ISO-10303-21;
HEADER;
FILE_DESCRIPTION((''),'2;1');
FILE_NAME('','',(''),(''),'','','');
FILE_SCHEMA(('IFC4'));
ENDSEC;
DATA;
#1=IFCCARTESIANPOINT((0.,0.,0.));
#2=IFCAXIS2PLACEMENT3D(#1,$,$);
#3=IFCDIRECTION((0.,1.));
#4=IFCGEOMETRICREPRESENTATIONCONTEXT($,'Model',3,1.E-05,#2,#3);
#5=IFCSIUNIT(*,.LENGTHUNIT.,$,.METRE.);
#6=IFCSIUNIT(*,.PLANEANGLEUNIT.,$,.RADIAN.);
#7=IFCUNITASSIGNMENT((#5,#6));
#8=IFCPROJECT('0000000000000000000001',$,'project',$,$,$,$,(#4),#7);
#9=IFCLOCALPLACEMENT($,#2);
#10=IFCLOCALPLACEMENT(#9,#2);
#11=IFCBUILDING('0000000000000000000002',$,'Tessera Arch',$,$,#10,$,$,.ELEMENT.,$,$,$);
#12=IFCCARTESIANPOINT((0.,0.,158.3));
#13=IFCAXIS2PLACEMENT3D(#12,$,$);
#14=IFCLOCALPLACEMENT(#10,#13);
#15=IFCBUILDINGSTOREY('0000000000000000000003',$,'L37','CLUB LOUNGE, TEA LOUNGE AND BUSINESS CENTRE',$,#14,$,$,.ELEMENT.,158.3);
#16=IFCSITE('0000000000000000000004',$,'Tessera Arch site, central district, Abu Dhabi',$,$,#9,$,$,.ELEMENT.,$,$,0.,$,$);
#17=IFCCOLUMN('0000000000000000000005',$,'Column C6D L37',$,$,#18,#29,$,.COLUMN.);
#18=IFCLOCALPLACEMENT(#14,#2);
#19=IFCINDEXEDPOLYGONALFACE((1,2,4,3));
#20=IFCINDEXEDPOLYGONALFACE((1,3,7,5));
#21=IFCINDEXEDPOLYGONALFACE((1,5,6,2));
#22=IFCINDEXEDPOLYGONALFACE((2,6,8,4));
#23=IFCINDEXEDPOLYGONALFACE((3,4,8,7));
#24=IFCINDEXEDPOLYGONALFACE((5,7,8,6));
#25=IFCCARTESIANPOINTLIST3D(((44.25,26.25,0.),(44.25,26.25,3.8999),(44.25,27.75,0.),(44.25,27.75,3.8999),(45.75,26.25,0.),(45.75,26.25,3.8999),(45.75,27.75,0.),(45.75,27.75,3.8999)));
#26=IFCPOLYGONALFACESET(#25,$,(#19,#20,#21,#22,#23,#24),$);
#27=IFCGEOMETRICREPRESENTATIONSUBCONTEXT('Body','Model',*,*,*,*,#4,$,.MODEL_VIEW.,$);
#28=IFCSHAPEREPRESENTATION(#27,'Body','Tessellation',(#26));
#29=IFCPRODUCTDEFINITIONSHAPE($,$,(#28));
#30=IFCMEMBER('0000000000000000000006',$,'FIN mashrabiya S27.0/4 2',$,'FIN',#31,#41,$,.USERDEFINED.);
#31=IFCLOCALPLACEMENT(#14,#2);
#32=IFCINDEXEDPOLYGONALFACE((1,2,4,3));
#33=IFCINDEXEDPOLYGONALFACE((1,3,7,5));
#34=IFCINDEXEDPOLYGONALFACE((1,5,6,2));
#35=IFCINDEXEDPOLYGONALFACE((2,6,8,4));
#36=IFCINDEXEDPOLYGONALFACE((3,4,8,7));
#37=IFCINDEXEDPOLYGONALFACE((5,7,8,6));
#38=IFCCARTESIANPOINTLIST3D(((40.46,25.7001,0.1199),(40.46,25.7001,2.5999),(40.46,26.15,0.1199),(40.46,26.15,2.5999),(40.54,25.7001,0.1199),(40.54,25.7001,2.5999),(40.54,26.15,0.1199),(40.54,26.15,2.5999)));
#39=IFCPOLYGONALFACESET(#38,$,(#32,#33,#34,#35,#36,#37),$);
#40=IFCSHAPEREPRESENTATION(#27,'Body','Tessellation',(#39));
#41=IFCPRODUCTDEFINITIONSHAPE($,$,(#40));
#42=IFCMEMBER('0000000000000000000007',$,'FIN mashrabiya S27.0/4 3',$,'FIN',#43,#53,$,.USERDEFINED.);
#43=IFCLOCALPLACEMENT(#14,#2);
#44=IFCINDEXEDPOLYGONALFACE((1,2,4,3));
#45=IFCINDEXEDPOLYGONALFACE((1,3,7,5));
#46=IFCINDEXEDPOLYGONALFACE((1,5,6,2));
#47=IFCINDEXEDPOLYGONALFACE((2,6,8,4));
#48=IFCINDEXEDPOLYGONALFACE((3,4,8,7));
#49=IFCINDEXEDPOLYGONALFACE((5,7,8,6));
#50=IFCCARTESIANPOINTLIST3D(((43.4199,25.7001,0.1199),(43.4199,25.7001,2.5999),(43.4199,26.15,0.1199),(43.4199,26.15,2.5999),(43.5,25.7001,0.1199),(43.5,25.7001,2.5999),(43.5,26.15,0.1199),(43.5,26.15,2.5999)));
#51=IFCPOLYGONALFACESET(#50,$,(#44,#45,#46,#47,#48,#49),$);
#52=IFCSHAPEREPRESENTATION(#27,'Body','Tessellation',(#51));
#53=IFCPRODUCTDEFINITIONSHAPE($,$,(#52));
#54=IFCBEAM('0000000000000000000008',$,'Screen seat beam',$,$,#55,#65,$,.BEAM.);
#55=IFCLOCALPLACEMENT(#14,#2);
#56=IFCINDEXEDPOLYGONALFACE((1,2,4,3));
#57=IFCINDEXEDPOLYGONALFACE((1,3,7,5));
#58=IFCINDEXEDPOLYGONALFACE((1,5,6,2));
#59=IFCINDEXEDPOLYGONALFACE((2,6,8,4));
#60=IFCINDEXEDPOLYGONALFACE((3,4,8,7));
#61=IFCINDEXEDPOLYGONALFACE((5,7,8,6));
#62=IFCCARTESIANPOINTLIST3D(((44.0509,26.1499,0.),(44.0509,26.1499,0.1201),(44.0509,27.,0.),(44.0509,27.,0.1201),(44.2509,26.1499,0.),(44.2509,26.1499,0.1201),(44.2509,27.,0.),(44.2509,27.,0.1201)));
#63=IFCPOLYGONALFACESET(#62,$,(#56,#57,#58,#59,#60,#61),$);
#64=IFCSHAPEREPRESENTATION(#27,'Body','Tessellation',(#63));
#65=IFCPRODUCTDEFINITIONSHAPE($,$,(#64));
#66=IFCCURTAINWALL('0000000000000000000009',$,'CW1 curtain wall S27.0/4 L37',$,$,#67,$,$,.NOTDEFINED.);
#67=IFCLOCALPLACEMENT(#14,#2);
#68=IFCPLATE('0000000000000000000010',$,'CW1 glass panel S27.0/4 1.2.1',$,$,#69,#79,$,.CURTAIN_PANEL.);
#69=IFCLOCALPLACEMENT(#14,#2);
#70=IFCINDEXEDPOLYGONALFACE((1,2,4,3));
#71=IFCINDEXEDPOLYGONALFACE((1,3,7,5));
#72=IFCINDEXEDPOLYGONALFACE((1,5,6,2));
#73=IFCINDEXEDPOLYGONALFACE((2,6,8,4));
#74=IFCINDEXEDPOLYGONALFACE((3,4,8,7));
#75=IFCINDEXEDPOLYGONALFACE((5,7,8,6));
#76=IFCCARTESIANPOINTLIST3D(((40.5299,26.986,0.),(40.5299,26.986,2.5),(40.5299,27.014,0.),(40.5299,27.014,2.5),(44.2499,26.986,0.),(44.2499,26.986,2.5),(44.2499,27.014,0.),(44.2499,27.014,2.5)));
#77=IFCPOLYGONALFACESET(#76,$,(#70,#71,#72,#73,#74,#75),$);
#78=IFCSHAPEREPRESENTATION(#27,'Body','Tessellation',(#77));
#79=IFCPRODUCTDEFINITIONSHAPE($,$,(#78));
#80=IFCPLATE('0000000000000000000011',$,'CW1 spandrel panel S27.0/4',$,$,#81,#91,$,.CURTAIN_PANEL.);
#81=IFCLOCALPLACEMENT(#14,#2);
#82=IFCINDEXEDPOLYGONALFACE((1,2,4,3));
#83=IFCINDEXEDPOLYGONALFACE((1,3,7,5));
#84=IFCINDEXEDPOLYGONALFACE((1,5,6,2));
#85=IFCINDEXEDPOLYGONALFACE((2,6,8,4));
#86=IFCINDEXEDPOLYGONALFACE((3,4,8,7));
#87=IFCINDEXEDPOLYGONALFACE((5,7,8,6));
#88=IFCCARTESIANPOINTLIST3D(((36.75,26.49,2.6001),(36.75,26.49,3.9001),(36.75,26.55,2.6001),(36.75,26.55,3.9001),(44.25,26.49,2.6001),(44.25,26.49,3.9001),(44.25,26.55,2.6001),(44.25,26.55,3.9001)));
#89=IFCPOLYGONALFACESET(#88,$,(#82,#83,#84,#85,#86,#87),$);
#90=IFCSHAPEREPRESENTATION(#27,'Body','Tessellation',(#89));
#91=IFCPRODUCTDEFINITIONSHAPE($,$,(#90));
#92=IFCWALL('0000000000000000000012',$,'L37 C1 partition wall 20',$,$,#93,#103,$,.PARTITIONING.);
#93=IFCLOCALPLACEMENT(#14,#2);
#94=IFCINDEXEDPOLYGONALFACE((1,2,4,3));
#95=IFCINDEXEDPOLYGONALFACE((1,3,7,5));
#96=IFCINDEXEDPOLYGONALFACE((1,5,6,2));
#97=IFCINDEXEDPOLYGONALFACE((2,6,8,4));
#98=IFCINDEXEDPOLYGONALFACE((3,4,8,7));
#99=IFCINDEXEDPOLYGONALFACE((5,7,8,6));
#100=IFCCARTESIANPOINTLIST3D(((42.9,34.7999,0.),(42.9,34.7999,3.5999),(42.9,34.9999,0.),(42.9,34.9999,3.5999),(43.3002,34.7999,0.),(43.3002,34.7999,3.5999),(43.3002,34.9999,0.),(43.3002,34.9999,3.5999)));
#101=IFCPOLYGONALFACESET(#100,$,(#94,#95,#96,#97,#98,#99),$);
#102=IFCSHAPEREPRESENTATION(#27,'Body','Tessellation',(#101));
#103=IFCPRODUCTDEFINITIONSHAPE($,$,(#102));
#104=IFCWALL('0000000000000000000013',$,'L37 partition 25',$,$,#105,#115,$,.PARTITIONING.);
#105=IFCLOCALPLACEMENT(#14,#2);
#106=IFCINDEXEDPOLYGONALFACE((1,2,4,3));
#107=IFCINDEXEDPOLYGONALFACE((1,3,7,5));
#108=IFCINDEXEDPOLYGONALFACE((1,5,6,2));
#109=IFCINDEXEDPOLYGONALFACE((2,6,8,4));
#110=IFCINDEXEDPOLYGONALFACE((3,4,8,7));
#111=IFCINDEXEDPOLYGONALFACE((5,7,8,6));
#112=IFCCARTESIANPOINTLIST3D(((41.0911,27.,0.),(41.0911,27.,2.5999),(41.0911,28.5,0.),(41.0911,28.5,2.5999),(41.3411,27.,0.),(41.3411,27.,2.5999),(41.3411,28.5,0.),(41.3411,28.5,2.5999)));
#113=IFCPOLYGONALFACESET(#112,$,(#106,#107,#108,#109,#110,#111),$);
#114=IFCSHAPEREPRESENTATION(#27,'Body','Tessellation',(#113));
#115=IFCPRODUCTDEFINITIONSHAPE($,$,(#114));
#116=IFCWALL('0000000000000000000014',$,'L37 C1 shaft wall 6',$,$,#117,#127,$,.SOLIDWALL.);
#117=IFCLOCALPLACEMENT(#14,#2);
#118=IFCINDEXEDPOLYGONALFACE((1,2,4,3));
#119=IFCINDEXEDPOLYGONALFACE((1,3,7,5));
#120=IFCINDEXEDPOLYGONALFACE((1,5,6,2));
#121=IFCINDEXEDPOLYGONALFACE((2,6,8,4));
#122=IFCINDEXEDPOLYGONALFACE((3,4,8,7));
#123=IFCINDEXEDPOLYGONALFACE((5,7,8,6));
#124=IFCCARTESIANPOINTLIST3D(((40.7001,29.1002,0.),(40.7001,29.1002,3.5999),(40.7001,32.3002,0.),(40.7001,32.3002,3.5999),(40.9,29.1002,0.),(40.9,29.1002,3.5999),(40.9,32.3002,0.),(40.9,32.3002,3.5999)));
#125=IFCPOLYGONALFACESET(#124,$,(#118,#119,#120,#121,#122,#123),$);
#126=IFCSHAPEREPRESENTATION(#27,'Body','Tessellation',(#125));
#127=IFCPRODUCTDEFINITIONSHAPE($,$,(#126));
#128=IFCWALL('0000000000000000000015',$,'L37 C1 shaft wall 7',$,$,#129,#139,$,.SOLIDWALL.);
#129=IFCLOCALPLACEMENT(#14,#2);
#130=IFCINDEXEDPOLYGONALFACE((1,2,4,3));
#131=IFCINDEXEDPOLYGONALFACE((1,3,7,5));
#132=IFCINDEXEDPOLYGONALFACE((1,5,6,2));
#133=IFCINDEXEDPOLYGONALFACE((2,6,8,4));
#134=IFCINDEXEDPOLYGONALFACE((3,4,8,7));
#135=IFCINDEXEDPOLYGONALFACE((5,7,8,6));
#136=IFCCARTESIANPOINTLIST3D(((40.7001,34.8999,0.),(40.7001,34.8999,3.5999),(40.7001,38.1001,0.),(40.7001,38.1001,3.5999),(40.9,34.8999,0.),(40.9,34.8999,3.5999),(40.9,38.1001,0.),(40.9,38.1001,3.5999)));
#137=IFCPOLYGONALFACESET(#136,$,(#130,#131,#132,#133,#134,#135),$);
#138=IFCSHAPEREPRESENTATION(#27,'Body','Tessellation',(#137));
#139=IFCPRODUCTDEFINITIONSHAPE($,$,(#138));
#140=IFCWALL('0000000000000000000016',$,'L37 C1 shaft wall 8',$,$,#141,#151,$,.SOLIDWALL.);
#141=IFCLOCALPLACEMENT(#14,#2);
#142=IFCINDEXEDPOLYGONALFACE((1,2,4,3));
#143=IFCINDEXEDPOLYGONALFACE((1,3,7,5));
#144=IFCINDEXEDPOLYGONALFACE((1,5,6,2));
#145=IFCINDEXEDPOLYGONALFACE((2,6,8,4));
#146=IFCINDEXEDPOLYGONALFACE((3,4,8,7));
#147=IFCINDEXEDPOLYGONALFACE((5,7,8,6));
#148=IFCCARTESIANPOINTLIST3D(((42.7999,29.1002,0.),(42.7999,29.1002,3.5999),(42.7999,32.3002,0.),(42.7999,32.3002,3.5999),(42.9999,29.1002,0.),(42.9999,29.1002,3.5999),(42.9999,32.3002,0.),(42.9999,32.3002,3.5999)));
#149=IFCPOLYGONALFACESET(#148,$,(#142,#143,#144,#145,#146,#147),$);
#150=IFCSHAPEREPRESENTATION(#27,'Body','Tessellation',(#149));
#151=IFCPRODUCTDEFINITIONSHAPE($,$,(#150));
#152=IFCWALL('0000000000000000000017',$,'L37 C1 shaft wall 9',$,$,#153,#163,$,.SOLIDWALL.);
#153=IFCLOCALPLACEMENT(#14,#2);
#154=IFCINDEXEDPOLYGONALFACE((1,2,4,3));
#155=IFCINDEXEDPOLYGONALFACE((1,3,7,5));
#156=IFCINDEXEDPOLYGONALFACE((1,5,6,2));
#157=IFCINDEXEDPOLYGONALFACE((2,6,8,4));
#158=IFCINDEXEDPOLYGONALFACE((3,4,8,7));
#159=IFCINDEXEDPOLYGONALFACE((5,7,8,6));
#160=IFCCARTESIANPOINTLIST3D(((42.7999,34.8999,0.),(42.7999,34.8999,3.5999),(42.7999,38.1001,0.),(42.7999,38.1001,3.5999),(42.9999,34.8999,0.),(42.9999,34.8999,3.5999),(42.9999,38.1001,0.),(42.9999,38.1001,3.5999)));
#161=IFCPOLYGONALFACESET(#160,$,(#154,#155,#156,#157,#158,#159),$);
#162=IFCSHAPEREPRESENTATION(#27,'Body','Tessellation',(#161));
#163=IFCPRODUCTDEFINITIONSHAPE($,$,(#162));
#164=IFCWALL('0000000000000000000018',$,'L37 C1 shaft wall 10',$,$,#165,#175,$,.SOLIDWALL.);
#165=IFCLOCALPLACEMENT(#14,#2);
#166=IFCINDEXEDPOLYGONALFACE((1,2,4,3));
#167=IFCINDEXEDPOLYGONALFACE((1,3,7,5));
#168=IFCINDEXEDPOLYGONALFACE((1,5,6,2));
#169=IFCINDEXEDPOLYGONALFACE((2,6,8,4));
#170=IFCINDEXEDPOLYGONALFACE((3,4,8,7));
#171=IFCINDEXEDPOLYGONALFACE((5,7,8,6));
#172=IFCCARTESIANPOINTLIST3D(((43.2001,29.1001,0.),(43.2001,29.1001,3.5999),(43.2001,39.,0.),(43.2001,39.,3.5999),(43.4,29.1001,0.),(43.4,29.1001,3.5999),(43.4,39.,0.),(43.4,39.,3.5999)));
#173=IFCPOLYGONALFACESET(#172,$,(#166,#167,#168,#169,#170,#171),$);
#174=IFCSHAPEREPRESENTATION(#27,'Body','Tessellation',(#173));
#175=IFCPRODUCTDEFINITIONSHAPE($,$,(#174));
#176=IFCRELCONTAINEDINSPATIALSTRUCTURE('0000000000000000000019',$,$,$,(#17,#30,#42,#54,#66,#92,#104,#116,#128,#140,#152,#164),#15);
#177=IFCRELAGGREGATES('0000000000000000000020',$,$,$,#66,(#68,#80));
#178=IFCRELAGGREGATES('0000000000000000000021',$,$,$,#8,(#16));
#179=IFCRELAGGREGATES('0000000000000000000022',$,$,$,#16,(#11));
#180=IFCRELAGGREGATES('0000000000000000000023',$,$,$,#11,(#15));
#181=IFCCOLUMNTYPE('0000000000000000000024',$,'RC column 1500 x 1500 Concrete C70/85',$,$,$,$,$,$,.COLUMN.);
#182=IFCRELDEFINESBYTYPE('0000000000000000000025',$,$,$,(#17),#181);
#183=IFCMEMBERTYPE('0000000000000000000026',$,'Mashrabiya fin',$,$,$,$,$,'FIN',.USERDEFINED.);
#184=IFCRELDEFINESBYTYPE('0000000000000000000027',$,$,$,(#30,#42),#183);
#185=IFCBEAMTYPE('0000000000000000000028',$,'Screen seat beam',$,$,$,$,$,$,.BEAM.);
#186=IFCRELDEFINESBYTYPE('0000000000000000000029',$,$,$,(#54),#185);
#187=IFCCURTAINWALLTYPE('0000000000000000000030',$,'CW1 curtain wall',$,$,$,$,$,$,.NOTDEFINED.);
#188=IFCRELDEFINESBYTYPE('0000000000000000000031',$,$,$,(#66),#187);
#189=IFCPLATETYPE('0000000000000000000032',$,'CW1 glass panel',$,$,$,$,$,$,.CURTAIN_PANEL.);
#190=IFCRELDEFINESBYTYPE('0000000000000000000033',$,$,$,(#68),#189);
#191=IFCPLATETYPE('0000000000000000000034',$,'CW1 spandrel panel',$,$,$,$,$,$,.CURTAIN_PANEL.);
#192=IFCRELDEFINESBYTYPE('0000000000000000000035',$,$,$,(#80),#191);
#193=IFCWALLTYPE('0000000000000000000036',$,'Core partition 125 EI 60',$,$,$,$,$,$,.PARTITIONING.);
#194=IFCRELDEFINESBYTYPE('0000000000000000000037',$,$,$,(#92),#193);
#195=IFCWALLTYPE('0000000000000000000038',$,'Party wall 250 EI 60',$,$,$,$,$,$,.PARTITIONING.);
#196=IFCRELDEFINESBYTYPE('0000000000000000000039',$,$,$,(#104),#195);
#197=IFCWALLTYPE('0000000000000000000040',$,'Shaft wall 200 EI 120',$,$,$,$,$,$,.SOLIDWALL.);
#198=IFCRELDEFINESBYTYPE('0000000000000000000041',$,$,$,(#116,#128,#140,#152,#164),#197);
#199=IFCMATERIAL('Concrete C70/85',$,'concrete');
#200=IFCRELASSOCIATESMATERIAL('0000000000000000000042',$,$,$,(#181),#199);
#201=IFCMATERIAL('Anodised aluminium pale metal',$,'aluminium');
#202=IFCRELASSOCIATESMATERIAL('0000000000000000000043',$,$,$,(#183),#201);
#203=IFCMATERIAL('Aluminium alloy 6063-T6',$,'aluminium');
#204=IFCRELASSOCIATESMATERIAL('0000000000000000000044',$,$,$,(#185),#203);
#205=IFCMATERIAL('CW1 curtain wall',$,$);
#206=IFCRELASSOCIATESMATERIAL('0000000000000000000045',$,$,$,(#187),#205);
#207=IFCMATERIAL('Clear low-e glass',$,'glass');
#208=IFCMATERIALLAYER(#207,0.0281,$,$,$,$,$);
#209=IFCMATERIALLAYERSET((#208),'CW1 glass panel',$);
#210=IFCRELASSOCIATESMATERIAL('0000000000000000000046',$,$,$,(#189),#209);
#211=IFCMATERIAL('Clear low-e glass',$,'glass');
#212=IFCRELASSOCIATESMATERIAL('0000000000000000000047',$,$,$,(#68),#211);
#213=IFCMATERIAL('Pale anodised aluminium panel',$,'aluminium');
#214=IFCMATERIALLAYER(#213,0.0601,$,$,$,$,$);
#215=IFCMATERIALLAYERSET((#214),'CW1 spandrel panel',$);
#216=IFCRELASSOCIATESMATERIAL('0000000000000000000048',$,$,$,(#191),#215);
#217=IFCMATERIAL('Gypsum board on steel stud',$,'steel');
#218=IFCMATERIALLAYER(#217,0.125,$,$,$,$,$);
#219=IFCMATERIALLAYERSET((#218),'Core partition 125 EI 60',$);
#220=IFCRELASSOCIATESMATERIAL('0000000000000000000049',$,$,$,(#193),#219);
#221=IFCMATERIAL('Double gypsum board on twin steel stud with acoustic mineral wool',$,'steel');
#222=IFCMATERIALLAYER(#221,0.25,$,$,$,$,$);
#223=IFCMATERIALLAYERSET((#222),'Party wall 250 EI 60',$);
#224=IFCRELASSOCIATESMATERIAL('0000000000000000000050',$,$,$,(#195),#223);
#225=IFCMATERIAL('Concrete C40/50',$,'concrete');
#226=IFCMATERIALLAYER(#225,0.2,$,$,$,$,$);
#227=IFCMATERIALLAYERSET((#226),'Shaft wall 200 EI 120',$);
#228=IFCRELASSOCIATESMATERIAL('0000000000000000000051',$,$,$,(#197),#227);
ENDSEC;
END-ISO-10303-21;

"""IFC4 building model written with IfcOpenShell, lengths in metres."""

from ifc_helpers import new_model, si_unit, direction, frame, frame_2d, origin, origin_2d, place, context, subcontext, project, spatial, rectangle, extrude, material, layer, layer_set, material_profile, profile_set, type_object, element, aggregate, save


model = new_model("IFC4")

# Units and contexts
model_context = context("Model", 3, precision=1e-05, world=origin(), true_north=direction((0.0, 1.0)))
body_context = subcontext(model_context, "Body", "Model", "MODEL_VIEW")
ifc_project = project(units=[si_unit("LENGTHUNIT", "METRE"), si_unit("PLANEANGLEUNIT", "RADIAN")], contexts=[model_context])

# Site, building, storey
site_placement = place(None, origin())
site = spatial("IfcSite", under=ifc_project, at=site_placement, Name="Tessera Arch site, central district, Abu Dhabi", CompositionType="ELEMENT", RefElevation=0.0)
building_placement = place(site_placement, origin())
building = spatial("IfcBuilding", under=site, at=building_placement, Name="Tessera Arch", CompositionType="ELEMENT")
storey_placement = place(building_placement, frame((0.0, 0.0, 158.3)))
storey = spatial("IfcBuildingStorey", under=building, at=storey_placement, Name="L37", Description="CLUB LOUNGE, TEA LOUNGE AND BUSINESS CENTRE", CompositionType="ELEMENT", Elevation=158.3)

# Column
ifc_material_1 = material(Name="Concrete C70/85", Category="concrete")
ifc_material_profile_1 = material_profile(ifc_material_1, rectangle(XDim=1.5, YDim=1.5, at=origin_2d()), Name="RC column 1500 x 1500 Concrete C70/85")
ifc_profile_set_1 = profile_set([ifc_material_profile_1], Name="Concrete C70/85")
column_type = type_object("IfcColumnType", Name="RC column 1500 x 1500 Concrete C70/85", PredefinedType="COLUMN", material=ifc_profile_set_1)
column_placement = place(storey_placement, frame((45.0, 27.0, 0.0), z_axis=(0.0, 0.0, 1.0), x_axis=(1.0, 0.0, 0.0)))
element("IfcColumn", 1, at=column_placement, inside=storey, type_object=column_type, Name="Column C6D L37", PredefinedType="COLUMN", context=body_context, shape_type="SweptSolid", body=[
    extrude(rectangle(XDim=1.5, YDim=1.5, at=origin_2d()), origin(), (0.0, 0.0, 1.0), 3.8999),
])

# Members
ifc_material_2 = material(Name="Anodised aluminium pale metal", Category="aluminium")
ifc_material_profile_2 = material_profile(ifc_material_2, rectangle(XDim=0.45, YDim=0.0801, at=origin_2d()), Name="AL 80x450")
ifc_profile_set_2 = profile_set([ifc_material_profile_2], Name="Anodised aluminium pale metal")
member_type = type_object("IfcMemberType", Name="Mashrabiya fin", ElementType="FIN", PredefinedType="USERDEFINED", material=ifc_profile_set_2)
for number, where, z_axis, x_axis, name in (
    (2, (40.5, 25.925, 0.1199), (0.0, 0.0, 1.0), (0.0, -1.0, 0.0), "FIN mashrabiya S27.0/4 2"),
    (3, (43.46, 25.925, 0.1199), (0.0, 0.0, 1.0), (0.0, -1.0, 0.0), "FIN mashrabiya S27.0/4 3"),
):
    element("IfcMember", number, at=place(storey_placement, frame(where, z_axis=z_axis, x_axis=x_axis)), inside=storey, type_object=member_type, Name=name, ObjectType="FIN", PredefinedType="USERDEFINED", context=body_context, shape_type="SweptSolid", body=[
        extrude(rectangle(XDim=0.45, YDim=0.0801, at=origin_2d()), origin(), (0.0, 0.0, 1.0), 2.48),
    ])

# Beam
ifc_material_3 = material(Name="Aluminium alloy 6063-T6", Category="aluminium")
ifc_material_profile_3 = material_profile(ifc_material_3, rectangle(XDim=0.2, YDim=0.1201, at=origin_2d()), Name="AL 200x120")
ifc_profile_set_3 = profile_set([ifc_material_profile_3], Name="Aluminium alloy 6063-T6")
beam_type = type_object("IfcBeamType", Name="Screen seat beam", PredefinedType="BEAM", material=ifc_profile_set_3)
beam_placement = place(storey_placement, frame((44.1509, 27.0, 0.0601), z_axis=(0.0, -1.0, 0.0), x_axis=(1.0, 0.0, 0.0)))
element("IfcBeam", 4, at=beam_placement, inside=storey, type_object=beam_type, Name="Screen seat beam", PredefinedType="BEAM", context=body_context, shape_type="SweptSolid", body=[
    extrude(rectangle(XDim=0.2, YDim=0.1201, at=origin_2d()), origin(), (0.0, 0.0, 1.0), 0.8501),
])

# Curtain wall, plates
ifc_material_4 = material(Name="CW1 curtain wall")
curtain_wall_type = type_object("IfcCurtainWallType", Name="CW1 curtain wall", PredefinedType="NOTDEFINED", material=ifc_material_4)
curtain_wall_placement = place(storey_placement, origin())
curtain_wall = element("IfcCurtainWall", 5, at=curtain_wall_placement, inside=storey, type_object=curtain_wall_type, Name="CW1 curtain wall S27.0/4 L37", PredefinedType="NOTDEFINED")
ifc_material_5 = material(Name="Clear low-e glass", Category="glass")
ifc_material_6 = material(Name="Clear low-e glass", Category="glass")
ifc_layer_1 = layer(ifc_material_6, 0.0281)
ifc_layer_set_1 = layer_set([ifc_layer_1], Name="CW1 glass panel")
plate_type_1 = type_object("IfcPlateType", Name="CW1 glass panel", PredefinedType="CURTAIN_PANEL", material=ifc_layer_set_1)
plate_1_placement = place(storey_placement, frame((42.3899, 27.0, 0.0), z_axis=(0.0, 0.0, 1.0), x_axis=(1.0, 0.0, 0.0)))
plate_1 = element("IfcPlate", 6, at=plate_1_placement, type_object=plate_type_1, material=ifc_material_5, Name="CW1 glass panel S27.0/4 1.2.1", PredefinedType="CURTAIN_PANEL", context=body_context, shape_type="SweptSolid", body=[
    extrude(rectangle(XDim=3.72, YDim=0.0281, at=origin_2d()), origin(), (0.0, 0.0, 1.0), 2.5),
])
ifc_material_7 = material(Name="Pale anodised aluminium panel", Category="aluminium")
ifc_layer_2 = layer(ifc_material_7, 0.0601)
ifc_layer_set_2 = layer_set([ifc_layer_2], Name="CW1 spandrel panel")
plate_type_2 = type_object("IfcPlateType", Name="CW1 spandrel panel", PredefinedType="CURTAIN_PANEL", material=ifc_layer_set_2)
plate_2_placement = place(storey_placement, frame((40.5, 26.52, 2.6001), z_axis=(0.0, 0.0, 1.0), x_axis=(1.0, 0.0, 0.0)))
plate_2 = element("IfcPlate", 7, at=plate_2_placement, type_object=plate_type_2, Name="CW1 spandrel panel S27.0/4", PredefinedType="CURTAIN_PANEL", context=body_context, shape_type="SweptSolid", body=[
    extrude(rectangle(XDim=7.5, YDim=0.0601, at=origin_2d()), origin(), (0.0, 0.0, 1.0), 1.3),
])
aggregate(curtain_wall, [plate_1, plate_2])

# Walls
ifc_material_8 = material(Name="Gypsum board on steel stud", Category="steel")
ifc_layer_3 = layer(ifc_material_8, 0.125)
ifc_layer_set_3 = layer_set([ifc_layer_3], Name="Core partition 125 EI 60")
wall_type_1 = type_object("IfcWallType", Name="Core partition 125 EI 60", PredefinedType="PARTITIONING", material=ifc_layer_set_3)
wall_1_placement = place(storey_placement, frame((42.8999, 34.8999, 0.0), z_axis=(0.0, 0.0, 1.0), x_axis=(1.0, 0.0, 0.0)))
element("IfcWall", 8, at=wall_1_placement, inside=storey, type_object=wall_type_1, Name="L37 C1 partition wall 20", PredefinedType="PARTITIONING", context=body_context, shape_type="SweptSolid", body=[
    extrude(rectangle(XDim=0.4001, YDim=0.2, at=frame_2d((0.2002, 0.0))), origin(), (0.0, 0.0, 1.0), 3.5999),
])
ifc_material_9 = material(Name="Double gypsum board on twin steel stud with acoustic mineral wool", Category="steel")
ifc_layer_4 = layer(ifc_material_9, 0.25)
ifc_layer_set_4 = layer_set([ifc_layer_4], Name="Party wall 250 EI 60")
wall_type_2 = type_object("IfcWallType", Name="Party wall 250 EI 60", PredefinedType="PARTITIONING", material=ifc_layer_set_4)
wall_2_placement = place(storey_placement, frame((41.2161, 27.0, 0.0), z_axis=(0.0, 0.0, 1.0), x_axis=(0.0, 1.0, 0.0)))
element("IfcWall", 9, at=wall_2_placement, inside=storey, type_object=wall_type_2, Name="L37 partition 25", PredefinedType="PARTITIONING", context=body_context, shape_type="SweptSolid", body=[
    extrude(rectangle(XDim=1.5, YDim=0.25, at=frame_2d((0.75, 0.0))), origin(), (0.0, 0.0, 1.0), 2.5999),
])
ifc_material_10 = material(Name="Concrete C40/50", Category="concrete")
ifc_layer_5 = layer(ifc_material_10, 0.2)
ifc_layer_set_5 = layer_set([ifc_layer_5], Name="Shaft wall 200 EI 120")
wall_type_3 = type_object("IfcWallType", Name="Shaft wall 200 EI 120", PredefinedType="SOLIDWALL", material=ifc_layer_set_5)
wall_3_placement = place(storey_placement, frame((40.8, 29.1001, 0.0), z_axis=(0.0, 0.0, 1.0), x_axis=(0.0, 1.0, 0.0)))
element("IfcWall", 10, at=wall_3_placement, inside=storey, type_object=wall_type_3, Name="L37 C1 shaft wall 6", PredefinedType="SOLIDWALL", context=body_context, shape_type="SweptSolid", body=[
    extrude(rectangle(XDim=3.2, YDim=0.2, at=frame_2d((1.6001, 0.0))), origin(), (0.0, 0.0, 1.0), 3.5999),
])
wall_4_placement = place(storey_placement, frame((40.8, 34.8999, 0.0), z_axis=(0.0, 0.0, 1.0), x_axis=(0.0, 1.0, 0.0)))
element("IfcWall", 11, at=wall_4_placement, inside=storey, type_object=wall_type_3, Name="L37 C1 shaft wall 7", PredefinedType="SOLIDWALL", context=body_context, shape_type="SweptSolid", body=[
    extrude(rectangle(XDim=3.2002, YDim=0.2, at=frame_2d((1.6001, 0.0))), origin(), (0.0, 0.0, 1.0), 3.5999),
])
wall_5_placement = place(storey_placement, frame((42.8999, 29.1001, 0.0), z_axis=(0.0, 0.0, 1.0), x_axis=(0.0, 1.0, 0.0)))
element("IfcWall", 12, at=wall_5_placement, inside=storey, type_object=wall_type_3, Name="L37 C1 shaft wall 8", PredefinedType="SOLIDWALL", context=body_context, shape_type="SweptSolid", body=[
    extrude(rectangle(XDim=3.2, YDim=0.2, at=frame_2d((1.6001, 0.0))), origin(), (0.0, 0.0, 1.0), 3.5999),
])
wall_6_placement = place(storey_placement, frame((42.8999, 34.8999, 0.0), z_axis=(0.0, 0.0, 1.0), x_axis=(0.0, 1.0, 0.0)))
element("IfcWall", 13, at=wall_6_placement, inside=storey, type_object=wall_type_3, Name="L37 C1 shaft wall 9", PredefinedType="SOLIDWALL", context=body_context, shape_type="SweptSolid", body=[
    extrude(rectangle(XDim=3.2002, YDim=0.2, at=frame_2d((1.6001, 0.0))), origin(), (0.0, 0.0, 1.0), 3.5999),
])
wall_7_placement = place(storey_placement, frame((43.3, 29.1001, 0.0), z_axis=(0.0, 0.0, 1.0), x_axis=(0.0, 1.0, 0.0)))
element("IfcWall", 14, at=wall_7_placement, inside=storey, type_object=wall_type_3, Name="L37 C1 shaft wall 10", PredefinedType="SOLIDWALL", context=body_context, shape_type="SweptSolid", body=[
    extrude(rectangle(XDim=9.8999, YDim=0.2, at=frame_2d((4.95, 0.0))), origin(), (0.0, 0.0, 1.0), 3.5999),
])

save(model, "model.ifc")
